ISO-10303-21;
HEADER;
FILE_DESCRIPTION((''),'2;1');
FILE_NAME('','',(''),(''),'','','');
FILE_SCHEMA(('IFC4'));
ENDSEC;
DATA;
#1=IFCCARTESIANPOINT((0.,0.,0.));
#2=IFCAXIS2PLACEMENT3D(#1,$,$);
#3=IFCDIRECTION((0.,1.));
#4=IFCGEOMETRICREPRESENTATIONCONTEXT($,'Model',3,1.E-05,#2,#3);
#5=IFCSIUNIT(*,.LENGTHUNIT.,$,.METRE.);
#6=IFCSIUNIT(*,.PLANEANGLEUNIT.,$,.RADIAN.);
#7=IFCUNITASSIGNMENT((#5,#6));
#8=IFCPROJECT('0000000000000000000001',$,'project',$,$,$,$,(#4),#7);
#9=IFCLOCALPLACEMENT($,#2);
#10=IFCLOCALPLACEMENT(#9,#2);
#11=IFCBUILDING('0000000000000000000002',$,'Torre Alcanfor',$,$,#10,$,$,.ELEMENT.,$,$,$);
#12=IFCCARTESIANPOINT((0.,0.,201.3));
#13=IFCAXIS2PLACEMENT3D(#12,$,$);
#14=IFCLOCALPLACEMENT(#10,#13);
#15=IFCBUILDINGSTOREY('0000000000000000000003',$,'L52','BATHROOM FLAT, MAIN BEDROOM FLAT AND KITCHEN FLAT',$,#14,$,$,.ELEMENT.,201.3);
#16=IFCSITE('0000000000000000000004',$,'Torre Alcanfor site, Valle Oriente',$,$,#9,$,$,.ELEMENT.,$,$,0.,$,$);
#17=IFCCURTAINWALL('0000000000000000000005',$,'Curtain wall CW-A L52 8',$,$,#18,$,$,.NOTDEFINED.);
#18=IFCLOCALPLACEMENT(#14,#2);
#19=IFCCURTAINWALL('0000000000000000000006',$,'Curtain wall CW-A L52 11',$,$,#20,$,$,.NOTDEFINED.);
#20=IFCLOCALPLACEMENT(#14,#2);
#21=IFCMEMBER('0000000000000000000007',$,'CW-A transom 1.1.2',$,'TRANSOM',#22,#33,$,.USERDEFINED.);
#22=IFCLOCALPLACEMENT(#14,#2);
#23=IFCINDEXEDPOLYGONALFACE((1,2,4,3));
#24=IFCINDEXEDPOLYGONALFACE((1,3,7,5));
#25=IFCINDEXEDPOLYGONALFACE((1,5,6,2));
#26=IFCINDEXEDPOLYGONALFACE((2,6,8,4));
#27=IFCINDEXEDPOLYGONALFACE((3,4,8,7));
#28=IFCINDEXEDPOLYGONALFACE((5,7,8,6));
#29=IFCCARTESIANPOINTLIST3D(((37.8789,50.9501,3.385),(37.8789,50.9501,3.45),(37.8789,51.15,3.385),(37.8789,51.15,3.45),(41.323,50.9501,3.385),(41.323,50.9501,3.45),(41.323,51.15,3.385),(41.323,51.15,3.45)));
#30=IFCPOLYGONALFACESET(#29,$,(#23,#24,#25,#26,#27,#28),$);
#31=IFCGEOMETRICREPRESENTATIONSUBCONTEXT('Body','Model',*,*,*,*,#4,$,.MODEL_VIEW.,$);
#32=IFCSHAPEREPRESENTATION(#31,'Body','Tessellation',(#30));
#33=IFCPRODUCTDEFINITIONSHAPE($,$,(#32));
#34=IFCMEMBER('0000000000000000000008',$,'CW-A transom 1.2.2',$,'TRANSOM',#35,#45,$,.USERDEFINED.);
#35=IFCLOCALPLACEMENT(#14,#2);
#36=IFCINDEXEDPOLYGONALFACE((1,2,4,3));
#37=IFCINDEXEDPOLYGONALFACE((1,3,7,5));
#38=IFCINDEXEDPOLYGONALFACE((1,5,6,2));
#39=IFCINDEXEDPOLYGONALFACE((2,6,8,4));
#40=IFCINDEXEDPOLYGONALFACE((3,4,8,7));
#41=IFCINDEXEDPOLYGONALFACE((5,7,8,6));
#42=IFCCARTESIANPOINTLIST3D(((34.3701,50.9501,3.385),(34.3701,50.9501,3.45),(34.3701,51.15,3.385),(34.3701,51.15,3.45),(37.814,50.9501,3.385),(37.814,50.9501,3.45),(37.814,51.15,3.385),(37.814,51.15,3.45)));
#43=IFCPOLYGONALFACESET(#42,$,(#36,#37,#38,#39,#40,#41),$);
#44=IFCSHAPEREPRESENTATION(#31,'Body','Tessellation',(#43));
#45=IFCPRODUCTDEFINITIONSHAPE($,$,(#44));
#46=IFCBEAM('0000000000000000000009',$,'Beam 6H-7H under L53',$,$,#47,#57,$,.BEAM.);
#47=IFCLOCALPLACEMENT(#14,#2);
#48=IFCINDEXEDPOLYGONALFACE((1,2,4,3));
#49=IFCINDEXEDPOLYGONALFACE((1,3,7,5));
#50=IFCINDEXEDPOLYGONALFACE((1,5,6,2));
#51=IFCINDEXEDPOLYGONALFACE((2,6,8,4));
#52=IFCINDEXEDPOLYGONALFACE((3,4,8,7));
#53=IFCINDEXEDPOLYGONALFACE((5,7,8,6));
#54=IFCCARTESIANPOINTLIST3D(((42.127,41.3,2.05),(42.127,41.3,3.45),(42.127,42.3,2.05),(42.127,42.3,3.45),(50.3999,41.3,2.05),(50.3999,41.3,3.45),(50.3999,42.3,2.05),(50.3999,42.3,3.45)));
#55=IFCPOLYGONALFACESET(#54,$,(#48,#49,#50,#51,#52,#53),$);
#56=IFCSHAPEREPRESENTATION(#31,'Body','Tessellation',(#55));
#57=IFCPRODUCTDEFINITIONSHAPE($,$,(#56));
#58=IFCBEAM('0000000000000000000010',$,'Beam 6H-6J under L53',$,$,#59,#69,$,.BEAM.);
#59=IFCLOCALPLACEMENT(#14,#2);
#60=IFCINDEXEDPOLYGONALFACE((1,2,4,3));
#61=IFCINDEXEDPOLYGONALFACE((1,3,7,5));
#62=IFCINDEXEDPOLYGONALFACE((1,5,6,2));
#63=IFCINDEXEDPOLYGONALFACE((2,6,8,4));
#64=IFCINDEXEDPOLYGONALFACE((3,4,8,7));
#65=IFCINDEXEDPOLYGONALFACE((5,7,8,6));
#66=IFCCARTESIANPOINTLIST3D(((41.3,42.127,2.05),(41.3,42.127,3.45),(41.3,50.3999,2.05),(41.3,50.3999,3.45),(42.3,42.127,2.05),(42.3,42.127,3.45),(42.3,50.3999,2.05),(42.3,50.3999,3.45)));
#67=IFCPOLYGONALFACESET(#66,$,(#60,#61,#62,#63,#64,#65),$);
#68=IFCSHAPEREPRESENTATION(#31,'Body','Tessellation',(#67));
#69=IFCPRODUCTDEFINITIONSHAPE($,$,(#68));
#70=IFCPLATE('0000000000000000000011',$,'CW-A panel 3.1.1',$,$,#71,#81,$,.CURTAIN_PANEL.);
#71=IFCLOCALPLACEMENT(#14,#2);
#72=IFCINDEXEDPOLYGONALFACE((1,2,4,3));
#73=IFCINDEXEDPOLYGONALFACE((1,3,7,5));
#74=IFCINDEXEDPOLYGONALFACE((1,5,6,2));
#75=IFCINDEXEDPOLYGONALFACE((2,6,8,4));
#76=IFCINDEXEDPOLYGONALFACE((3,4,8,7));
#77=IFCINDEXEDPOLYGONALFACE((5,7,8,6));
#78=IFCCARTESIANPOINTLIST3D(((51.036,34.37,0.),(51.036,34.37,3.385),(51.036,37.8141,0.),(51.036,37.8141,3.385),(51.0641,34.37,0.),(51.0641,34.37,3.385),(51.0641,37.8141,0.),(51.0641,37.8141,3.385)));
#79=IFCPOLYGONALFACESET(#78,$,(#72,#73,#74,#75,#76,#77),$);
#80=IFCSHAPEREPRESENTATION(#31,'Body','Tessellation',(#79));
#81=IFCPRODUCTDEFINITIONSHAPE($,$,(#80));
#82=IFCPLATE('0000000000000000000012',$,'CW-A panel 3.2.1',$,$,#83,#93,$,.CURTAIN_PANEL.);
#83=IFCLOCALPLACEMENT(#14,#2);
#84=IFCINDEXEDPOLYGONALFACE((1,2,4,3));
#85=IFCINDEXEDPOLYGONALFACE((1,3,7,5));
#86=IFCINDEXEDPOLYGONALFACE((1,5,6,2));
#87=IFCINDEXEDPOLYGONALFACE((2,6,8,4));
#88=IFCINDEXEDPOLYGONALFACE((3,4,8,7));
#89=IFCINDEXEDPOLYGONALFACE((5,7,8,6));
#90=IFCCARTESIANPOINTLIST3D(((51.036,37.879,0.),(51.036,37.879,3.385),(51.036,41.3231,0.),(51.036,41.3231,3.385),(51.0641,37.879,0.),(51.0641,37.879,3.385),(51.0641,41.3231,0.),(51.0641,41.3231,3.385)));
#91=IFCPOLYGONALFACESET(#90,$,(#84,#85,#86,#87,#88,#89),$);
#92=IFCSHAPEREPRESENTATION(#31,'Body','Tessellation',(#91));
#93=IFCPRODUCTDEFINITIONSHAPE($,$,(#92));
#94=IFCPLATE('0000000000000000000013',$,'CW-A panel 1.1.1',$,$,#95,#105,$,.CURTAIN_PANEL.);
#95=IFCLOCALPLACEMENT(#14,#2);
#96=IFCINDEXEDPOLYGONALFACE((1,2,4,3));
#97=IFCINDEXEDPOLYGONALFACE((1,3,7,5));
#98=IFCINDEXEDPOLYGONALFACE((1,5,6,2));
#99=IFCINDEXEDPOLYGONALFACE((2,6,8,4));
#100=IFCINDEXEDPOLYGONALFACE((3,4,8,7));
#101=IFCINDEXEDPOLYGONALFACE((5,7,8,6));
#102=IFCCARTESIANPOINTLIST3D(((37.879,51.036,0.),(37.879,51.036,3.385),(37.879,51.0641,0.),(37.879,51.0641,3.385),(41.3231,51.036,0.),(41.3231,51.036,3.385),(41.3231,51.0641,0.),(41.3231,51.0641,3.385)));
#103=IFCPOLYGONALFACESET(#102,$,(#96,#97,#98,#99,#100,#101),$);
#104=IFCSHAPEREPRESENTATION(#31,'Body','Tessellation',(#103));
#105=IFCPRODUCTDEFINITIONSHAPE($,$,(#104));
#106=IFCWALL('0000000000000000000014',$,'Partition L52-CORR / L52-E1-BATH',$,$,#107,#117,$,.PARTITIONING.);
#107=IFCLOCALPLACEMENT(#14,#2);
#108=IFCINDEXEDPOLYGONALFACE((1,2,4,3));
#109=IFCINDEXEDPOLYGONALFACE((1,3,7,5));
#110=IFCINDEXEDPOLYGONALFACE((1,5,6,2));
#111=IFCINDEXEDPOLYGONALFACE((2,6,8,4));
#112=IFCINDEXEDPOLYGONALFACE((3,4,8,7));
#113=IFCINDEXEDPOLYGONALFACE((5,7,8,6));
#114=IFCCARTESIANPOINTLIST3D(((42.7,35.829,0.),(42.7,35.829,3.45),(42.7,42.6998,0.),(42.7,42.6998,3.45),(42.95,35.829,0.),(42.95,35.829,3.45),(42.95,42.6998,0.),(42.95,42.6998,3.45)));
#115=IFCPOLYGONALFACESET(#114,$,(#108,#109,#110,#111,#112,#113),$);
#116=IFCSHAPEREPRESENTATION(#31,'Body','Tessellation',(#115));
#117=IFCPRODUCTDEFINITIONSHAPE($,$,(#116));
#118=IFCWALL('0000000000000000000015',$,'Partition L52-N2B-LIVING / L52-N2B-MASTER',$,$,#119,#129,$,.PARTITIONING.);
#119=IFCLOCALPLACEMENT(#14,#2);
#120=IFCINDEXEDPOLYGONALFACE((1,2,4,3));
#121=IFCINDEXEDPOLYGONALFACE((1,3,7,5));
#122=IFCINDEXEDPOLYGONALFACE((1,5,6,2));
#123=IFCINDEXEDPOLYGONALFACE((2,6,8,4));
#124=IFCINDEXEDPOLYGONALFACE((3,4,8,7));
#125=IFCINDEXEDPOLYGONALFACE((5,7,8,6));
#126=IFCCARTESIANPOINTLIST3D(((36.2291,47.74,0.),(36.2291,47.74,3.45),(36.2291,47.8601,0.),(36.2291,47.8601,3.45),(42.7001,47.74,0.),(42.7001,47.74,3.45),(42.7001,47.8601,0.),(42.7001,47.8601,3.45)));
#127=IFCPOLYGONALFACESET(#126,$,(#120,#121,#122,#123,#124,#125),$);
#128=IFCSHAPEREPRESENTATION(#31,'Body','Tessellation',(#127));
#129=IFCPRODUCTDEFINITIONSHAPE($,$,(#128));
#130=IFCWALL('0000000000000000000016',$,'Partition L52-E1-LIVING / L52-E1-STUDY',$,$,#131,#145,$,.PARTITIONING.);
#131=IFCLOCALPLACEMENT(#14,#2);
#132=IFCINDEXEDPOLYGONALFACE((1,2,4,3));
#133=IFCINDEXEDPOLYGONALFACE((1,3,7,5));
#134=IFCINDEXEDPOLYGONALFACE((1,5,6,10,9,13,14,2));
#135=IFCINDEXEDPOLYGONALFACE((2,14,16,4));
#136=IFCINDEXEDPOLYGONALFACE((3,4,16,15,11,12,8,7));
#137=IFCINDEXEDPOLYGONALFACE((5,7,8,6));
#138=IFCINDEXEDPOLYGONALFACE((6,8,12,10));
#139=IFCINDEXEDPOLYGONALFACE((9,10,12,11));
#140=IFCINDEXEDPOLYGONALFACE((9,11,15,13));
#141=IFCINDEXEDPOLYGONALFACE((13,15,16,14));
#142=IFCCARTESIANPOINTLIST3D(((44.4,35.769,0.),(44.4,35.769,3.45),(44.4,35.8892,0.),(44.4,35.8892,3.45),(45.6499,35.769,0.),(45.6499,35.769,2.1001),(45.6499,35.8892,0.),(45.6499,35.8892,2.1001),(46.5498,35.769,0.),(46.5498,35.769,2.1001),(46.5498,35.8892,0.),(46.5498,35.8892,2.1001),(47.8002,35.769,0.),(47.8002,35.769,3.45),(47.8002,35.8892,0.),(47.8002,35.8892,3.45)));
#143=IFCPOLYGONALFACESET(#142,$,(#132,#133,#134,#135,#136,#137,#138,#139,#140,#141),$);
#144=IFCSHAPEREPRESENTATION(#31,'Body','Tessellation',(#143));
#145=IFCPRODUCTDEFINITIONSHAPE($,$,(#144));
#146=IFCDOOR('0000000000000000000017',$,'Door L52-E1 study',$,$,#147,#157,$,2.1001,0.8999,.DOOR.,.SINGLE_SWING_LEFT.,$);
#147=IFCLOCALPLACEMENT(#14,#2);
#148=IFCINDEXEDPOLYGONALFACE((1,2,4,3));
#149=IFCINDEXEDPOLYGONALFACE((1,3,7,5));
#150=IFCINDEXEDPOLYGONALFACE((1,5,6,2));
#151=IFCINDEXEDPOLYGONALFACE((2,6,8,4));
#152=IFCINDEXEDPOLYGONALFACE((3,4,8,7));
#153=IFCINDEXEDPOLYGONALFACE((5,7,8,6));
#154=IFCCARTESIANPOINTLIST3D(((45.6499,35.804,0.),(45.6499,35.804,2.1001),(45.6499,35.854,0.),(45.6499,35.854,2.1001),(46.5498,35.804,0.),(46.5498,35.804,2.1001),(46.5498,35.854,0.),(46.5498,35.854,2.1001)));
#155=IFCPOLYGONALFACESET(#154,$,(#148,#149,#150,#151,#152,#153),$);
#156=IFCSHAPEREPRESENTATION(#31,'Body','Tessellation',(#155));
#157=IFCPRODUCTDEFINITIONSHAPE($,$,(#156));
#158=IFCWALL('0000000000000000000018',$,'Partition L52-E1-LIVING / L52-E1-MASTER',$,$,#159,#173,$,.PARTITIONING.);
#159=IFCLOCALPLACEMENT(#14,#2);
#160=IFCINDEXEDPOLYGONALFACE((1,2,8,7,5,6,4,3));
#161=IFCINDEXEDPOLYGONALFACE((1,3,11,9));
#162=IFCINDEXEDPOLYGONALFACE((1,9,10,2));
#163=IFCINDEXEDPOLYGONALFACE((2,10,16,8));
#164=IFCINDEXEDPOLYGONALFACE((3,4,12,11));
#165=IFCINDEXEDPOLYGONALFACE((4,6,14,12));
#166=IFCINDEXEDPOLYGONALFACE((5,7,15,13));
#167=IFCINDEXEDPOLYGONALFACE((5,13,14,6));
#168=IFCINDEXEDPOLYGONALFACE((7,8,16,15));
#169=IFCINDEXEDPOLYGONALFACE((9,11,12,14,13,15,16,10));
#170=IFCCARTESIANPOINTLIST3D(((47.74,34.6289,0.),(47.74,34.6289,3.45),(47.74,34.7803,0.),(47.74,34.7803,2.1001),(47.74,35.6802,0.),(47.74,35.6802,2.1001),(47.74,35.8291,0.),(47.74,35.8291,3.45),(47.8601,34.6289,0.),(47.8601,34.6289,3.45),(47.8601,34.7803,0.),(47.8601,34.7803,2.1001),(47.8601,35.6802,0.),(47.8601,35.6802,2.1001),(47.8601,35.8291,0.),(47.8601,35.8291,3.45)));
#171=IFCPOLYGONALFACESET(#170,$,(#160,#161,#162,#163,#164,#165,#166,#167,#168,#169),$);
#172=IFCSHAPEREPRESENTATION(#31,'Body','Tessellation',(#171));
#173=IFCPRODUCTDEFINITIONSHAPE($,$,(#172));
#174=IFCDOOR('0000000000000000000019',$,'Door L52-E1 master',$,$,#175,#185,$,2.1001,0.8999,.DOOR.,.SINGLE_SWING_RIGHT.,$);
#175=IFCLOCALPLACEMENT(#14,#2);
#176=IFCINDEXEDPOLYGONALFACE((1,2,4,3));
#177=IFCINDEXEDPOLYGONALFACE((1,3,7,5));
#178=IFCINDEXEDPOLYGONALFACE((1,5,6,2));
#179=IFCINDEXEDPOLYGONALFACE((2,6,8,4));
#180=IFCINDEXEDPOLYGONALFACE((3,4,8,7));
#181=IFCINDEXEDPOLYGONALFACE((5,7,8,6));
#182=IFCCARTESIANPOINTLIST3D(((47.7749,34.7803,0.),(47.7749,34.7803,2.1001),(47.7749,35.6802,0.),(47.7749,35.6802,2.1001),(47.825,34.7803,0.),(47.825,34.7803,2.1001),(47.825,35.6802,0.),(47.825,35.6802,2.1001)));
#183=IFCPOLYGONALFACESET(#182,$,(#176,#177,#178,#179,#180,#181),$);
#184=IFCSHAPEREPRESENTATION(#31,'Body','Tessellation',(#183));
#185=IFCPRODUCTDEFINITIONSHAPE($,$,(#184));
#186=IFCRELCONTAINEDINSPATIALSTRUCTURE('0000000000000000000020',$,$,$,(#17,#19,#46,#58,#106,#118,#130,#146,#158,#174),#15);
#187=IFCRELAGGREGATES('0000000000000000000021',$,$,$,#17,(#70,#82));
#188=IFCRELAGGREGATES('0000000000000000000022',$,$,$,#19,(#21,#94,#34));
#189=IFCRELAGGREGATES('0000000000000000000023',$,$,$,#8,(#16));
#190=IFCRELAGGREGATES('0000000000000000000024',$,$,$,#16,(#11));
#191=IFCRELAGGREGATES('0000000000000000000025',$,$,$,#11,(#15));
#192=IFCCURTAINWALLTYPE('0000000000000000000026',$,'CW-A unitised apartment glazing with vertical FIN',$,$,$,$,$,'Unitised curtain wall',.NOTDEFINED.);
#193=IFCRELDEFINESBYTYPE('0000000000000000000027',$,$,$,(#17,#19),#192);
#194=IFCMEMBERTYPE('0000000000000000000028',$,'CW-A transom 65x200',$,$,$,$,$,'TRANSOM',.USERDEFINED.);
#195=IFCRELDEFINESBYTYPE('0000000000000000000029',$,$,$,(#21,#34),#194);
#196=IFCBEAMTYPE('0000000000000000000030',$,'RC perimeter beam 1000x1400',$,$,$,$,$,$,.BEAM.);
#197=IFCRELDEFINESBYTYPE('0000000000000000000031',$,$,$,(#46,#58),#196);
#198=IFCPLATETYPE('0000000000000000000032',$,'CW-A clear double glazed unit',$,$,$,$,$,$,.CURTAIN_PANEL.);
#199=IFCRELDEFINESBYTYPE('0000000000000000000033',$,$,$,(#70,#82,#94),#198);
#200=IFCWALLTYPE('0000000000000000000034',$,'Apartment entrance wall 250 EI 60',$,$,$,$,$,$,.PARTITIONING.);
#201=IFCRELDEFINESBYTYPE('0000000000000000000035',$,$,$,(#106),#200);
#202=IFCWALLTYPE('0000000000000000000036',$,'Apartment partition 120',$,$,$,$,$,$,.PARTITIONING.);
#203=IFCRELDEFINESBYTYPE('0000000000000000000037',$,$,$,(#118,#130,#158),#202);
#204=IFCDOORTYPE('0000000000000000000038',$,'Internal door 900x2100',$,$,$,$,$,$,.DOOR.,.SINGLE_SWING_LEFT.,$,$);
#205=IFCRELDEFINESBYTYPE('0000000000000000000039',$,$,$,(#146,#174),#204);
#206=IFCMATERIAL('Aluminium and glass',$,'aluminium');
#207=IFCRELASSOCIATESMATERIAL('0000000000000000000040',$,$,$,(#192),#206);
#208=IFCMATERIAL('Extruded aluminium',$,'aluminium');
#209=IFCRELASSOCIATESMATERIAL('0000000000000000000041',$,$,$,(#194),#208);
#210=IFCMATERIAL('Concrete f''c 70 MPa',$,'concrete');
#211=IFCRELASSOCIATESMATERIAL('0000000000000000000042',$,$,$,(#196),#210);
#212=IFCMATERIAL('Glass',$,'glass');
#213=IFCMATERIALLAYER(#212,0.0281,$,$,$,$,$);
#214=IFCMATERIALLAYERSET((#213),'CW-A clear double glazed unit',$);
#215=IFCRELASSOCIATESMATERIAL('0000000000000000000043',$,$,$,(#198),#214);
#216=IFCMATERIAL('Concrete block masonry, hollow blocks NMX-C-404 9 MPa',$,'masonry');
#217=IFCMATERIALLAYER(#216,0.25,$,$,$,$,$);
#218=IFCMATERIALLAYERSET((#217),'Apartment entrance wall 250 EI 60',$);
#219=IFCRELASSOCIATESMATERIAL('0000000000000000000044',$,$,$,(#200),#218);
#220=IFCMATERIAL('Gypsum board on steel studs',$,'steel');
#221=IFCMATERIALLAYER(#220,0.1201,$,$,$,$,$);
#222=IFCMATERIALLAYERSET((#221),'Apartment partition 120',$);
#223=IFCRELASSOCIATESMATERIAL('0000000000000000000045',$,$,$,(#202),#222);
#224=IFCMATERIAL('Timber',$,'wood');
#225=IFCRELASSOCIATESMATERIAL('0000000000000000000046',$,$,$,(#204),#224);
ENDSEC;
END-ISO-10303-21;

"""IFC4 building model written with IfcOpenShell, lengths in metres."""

from ifc_helpers import new_model, si_unit, direction, frame, frame_2d, origin, origin_2d, place, context, subcontext, project, spatial, rectangle, extrude, material, layer, layer_set, material_profile, profile_set, type_object, element, fill, aggregate, save


model = new_model("IFC4")

# Units and contexts
model_context = context("Model", 3, precision=1e-05, world=origin(), true_north=direction((0.0, 1.0)))
body_context = subcontext(model_context, "Body", "Model", "MODEL_VIEW")
ifc_project = project(units=[si_unit("LENGTHUNIT", "METRE"), si_unit("PLANEANGLEUNIT", "RADIAN")], contexts=[model_context])

# Site, building, storey
site_placement = place(None, origin())
site = spatial("IfcSite", under=ifc_project, at=site_placement, Name="Torre Alcanfor site, Valle Oriente", CompositionType="ELEMENT", RefElevation=0.0)
building_placement = place(site_placement, origin())
building = spatial("IfcBuilding", under=site, at=building_placement, Name="Torre Alcanfor", CompositionType="ELEMENT")
storey_placement = place(building_placement, frame((0.0, 0.0, 201.3)))
storey = spatial("IfcBuildingStorey", under=building, at=storey_placement, Name="L52", Description="BATHROOM FLAT, MAIN BEDROOM FLAT AND KITCHEN FLAT", CompositionType="ELEMENT", Elevation=201.3)

# Curtain walls
ifc_material_1 = material(Name="Aluminium and glass", Category="aluminium")
curtain_wall_type = type_object("IfcCurtainWallType", Name="CW-A unitised apartment glazing with vertical FIN", ElementType="Unitised curtain wall", PredefinedType="NOTDEFINED", material=ifc_material_1)
curtain_wall_1_placement = place(storey_placement, origin())
curtain_wall_1 = element("IfcCurtainWall", 1, at=curtain_wall_1_placement, inside=storey, type_object=curtain_wall_type, Name="Curtain wall CW-A L52 8", PredefinedType="NOTDEFINED")
curtain_wall_2_placement = place(storey_placement, origin())
curtain_wall_2 = element("IfcCurtainWall", 2, at=curtain_wall_2_placement, inside=storey, type_object=curtain_wall_type, Name="Curtain wall CW-A L52 11", PredefinedType="NOTDEFINED")

# Members
ifc_material_2 = material(Name="Extruded aluminium", Category="aluminium")
ifc_material_profile_1 = material_profile(ifc_material_2, rectangle(XDim=0.2, YDim=0.0649, at=origin_2d()), Name="CW-A transom 200x65")
ifc_profile_set_1 = profile_set([ifc_material_profile_1], Name="Extruded aluminium")
member_type_1 = type_object("IfcMemberType", Name="CW-A transom 65x200", ElementType="TRANSOM", PredefinedType="USERDEFINED", material=ifc_profile_set_1)
member_1_placement = place(storey_placement, frame((41.323, 51.05, 3.4175), z_axis=(-1.0, 0.0, 0.0), x_axis=(0.0, -1.0, 0.0)))
member_1 = element("IfcMember", 3, at=member_1_placement, type_object=member_type_1, Name="CW-A transom 1.1.2", ObjectType="TRANSOM", PredefinedType="USERDEFINED", context=body_context, shape_type="SweptSolid", body=[
    extrude(rectangle(XDim=0.2, YDim=0.0649, at=origin_2d()), origin(), (0.0, 0.0, 1.0), 3.4441),
])
member_2_placement = place(storey_placement, frame((37.814, 51.05, 3.4175), z_axis=(-1.0, 0.0, 0.0), x_axis=(0.0, -1.0, 0.0)))
member_2 = element("IfcMember", 4, at=member_2_placement, type_object=member_type_1, Name="CW-A transom 1.2.2", ObjectType="TRANSOM", PredefinedType="USERDEFINED", context=body_context, shape_type="SweptSolid", body=[
    extrude(rectangle(XDim=0.2, YDim=0.0649, at=origin_2d()), origin(), (0.0, 0.0, 1.0), 3.4438),
])

# Beams
ifc_material_3 = material(Name="Concrete f'c 70 MPa", Category="concrete")
ifc_material_profile_2 = material_profile(ifc_material_3, rectangle(XDim=1.0, YDim=1.3999, at=origin_2d()), Name="1000x1400")
ifc_profile_set_2 = profile_set([ifc_material_profile_2], Name="Concrete f'c 70 MPa")
beam_type = type_object("IfcBeamType", Name="RC perimeter beam 1000x1400", PredefinedType="BEAM", material=ifc_profile_set_2)
for number, where, z_axis, x_axis, name in (
    (5, (42.127, 41.8, 2.75), (1.0, 0.0, 0.0), (0.0, 1.0, 0.0), "Beam 6H-7H under L53"),
    (6, (41.8, 42.127, 2.75), (0.0, 1.0, 0.0), (-1.0, 0.0, 0.0), "Beam 6H-6J under L53"),
):
    element("IfcBeam", number, at=place(storey_placement, frame(where, z_axis=z_axis, x_axis=x_axis)), inside=storey, type_object=beam_type, Name=name, PredefinedType="BEAM", context=body_context, shape_type="SweptSolid", body=[
        extrude(rectangle(XDim=1.0, YDim=1.3999, at=origin_2d()), origin(), (0.0, 0.0, 1.0), 8.2729),
    ])

# Plates
ifc_material_4 = material(Name="Glass", Category="glass")
ifc_layer_1 = layer(ifc_material_4, 0.0281)
ifc_layer_set_1 = layer_set([ifc_layer_1], Name="CW-A clear double glazed unit")
plate_type = type_object("IfcPlateType", Name="CW-A clear double glazed unit", PredefinedType="CURTAIN_PANEL", material=ifc_layer_set_1)
plate_1_placement = place(storey_placement, frame((51.05, 36.092, 0.0), z_axis=(0.0, 0.0, 1.0), x_axis=(0.0, 1.0, 0.0)))
plate_1 = element("IfcPlate", 7, at=plate_1_placement, type_object=plate_type, Name="CW-A panel 3.1.1", PredefinedType="CURTAIN_PANEL", context=body_context, shape_type="SweptSolid", body=[
    extrude(rectangle(XDim=3.4441, YDim=0.0281, at=origin_2d()), origin(), (0.0, 0.0, 1.0), 3.385),
])
plate_2_placement = place(storey_placement, frame((51.05, 39.6011, 0.0), z_axis=(0.0, 0.0, 1.0), x_axis=(0.0, 1.0, 0.0)))
plate_2 = element("IfcPlate", 8, at=plate_2_placement, type_object=plate_type, Name="CW-A panel 3.2.1", PredefinedType="CURTAIN_PANEL", context=body_context, shape_type="SweptSolid", body=[
    extrude(rectangle(XDim=3.4441, YDim=0.0281, at=origin_2d()), origin(), (0.0, 0.0, 1.0), 3.385),
])
aggregate(curtain_wall_1, [plate_1, plate_2])
plate_3_placement = place(storey_placement, frame((39.6011, 51.05, 0.0), z_axis=(0.0, 0.0, 1.0), x_axis=(-1.0, 0.0, 0.0)))
plate_3 = element("IfcPlate", 9, at=plate_3_placement, type_object=plate_type, Name="CW-A panel 1.1.1", PredefinedType="CURTAIN_PANEL", context=body_context, shape_type="SweptSolid", body=[
    extrude(rectangle(XDim=3.4441, YDim=0.0281, at=origin_2d()), origin(), (0.0, 0.0, 1.0), 3.385),
])
aggregate(curtain_wall_2, [member_1, plate_3, member_2])

# Walls
ifc_material_5 = material(Name="Concrete block masonry, hollow blocks NMX-C-404 9 MPa", Category="masonry")
ifc_layer_2 = layer(ifc_material_5, 0.25)
ifc_layer_set_2 = layer_set([ifc_layer_2], Name="Apartment entrance wall 250 EI 60")
wall_type_1 = type_object("IfcWallType", Name="Apartment entrance wall 250 EI 60", PredefinedType="PARTITIONING", material=ifc_layer_set_2)
wall_1_placement = place(storey_placement, frame((42.825, 42.7, 0.0), z_axis=(0.0, 0.0, 1.0), x_axis=(0.0, -1.0, 0.0)))
element("IfcWall", 10, at=wall_1_placement, inside=storey, type_object=wall_type_1, Name="Partition L52-CORR / L52-E1-BATH", PredefinedType="PARTITIONING", context=body_context, shape_type="SweptSolid", body=[
    extrude(rectangle(XDim=6.8708, YDim=0.25, at=frame_2d((3.4355, 0.0))), origin(), (0.0, 0.0, 1.0), 3.45),
])
ifc_material_6 = material(Name="Gypsum board on steel studs", Category="steel")
ifc_layer_3 = layer(ifc_material_6, 0.1201)
ifc_layer_set_3 = layer_set([ifc_layer_3], Name="Apartment partition 120")
wall_type_2 = type_object("IfcWallType", Name="Apartment partition 120", PredefinedType="PARTITIONING", material=ifc_layer_set_3)
wall_2_placement = place(storey_placement, frame((42.7, 47.8, 0.0), z_axis=(0.0, 0.0, 1.0), x_axis=(-1.0, 0.0, 0.0)))
element("IfcWall", 11, at=wall_2_placement, inside=storey, type_object=wall_type_2, Name="Partition L52-N2B-LIVING / L52-N2B-MASTER", PredefinedType="PARTITIONING", context=body_context, shape_type="SweptSolid", body=[
    extrude(rectangle(XDim=6.4709, YDim=0.1201, at=frame_2d((3.2354, 0.0))), origin(), (0.0, 0.0, 1.0), 3.45),
])

# Walls, openings, doors
wall_3_placement = place(storey_placement, frame((44.3999, 35.8291, 0.0), z_axis=(0.0, 0.0, 1.0), x_axis=(1.0, 0.0, 0.0)))
wall_3 = element("IfcWall", 12, at=wall_3_placement, inside=storey, type_object=wall_type_2, Name="Partition L52-E1-LIVING / L52-E1-STUDY", PredefinedType="PARTITIONING", context=body_context, shape_type="SweptSolid", body=[
    extrude(rectangle(XDim=3.4001, YDim=0.1201, at=frame_2d((1.7002, 0.0))), origin(), (0.0, 0.0, 1.0), 3.45),
])
opening_1_placement = place(wall_3_placement, frame((1.25, 0.0, 0.0)))
opening_1 = element("IfcOpeningElement", 13, at=opening_1_placement, cuts=wall_3, PredefinedType="OPENING", context=body_context, shape_type="SweptSolid", body=[
    extrude(rectangle(XDim=0.8999, YDim=2.1001, at=frame_2d((0.45, 1.05))), frame((0.0, 0.0701, 0.0), z_axis=(0.0, -1.0, 0.0), x_axis=(1.0, 0.0, 0.0)), (0.0, 0.0, 1.0), 0.1401),
])
ifc_material_7 = material(Name="Timber", Category="wood")
door_type = type_object("IfcDoorType", Name="Internal door 900x2100", OperationType="SINGLE_SWING_LEFT", PredefinedType="DOOR", material=ifc_material_7)
door_1_placement = place(opening_1_placement, origin())
door_1 = element("IfcDoor", 14, at=door_1_placement, inside=storey, type_object=door_type, Name="Door L52-E1 study", OperationType="SINGLE_SWING_LEFT", OverallHeight=2.1001, OverallWidth=0.8999, PredefinedType="DOOR", context=body_context, shape_type="SweptSolid", body=[
    extrude(rectangle(XDim=0.8999, YDim=2.1001, at=frame_2d((0.45, 1.05))), frame((0.0, 0.0249, 0.0), z_axis=(0.0, -1.0, 0.0), x_axis=(1.0, 0.0, 0.0)), (0.0, 0.0, 1.0), 0.05),
])
fill(opening_1, door_1)
wall_4_placement = place(storey_placement, frame((47.8, 35.8291, 0.0), z_axis=(0.0, 0.0, 1.0), x_axis=(0.0, -1.0, 0.0)))
wall_4 = element("IfcWall", 15, at=wall_4_placement, inside=storey, type_object=wall_type_2, Name="Partition L52-E1-LIVING / L52-E1-MASTER", PredefinedType="PARTITIONING", context=body_context, shape_type="SweptSolid", body=[
    extrude(rectangle(XDim=1.2002, YDim=0.1201, at=frame_2d((0.6001, 0.0))), origin(), (0.0, 0.0, 1.0), 3.45),
])
opening_2_placement = place(wall_4_placement, frame((0.1489, 0.0, 0.0)))
opening_2 = element("IfcOpeningElement", 16, at=opening_2_placement, cuts=wall_4, PredefinedType="OPENING", context=body_context, shape_type="SweptSolid", body=[
    extrude(rectangle(XDim=0.8999, YDim=2.1001, at=frame_2d((0.45, 1.05))), frame((0.0, 0.0701, 0.0), z_axis=(0.0, -1.0, 0.0), x_axis=(1.0, 0.0, 0.0)), (0.0, 0.0, 1.0), 0.1401),
])
door_2_placement = place(opening_2_placement, origin())
door_2 = element("IfcDoor", 17, at=door_2_placement, inside=storey, type_object=door_type, Name="Door L52-E1 master", OperationType="SINGLE_SWING_RIGHT", OverallHeight=2.1001, OverallWidth=0.8999, PredefinedType="DOOR", context=body_context, shape_type="SweptSolid", body=[
    extrude(rectangle(XDim=0.8999, YDim=2.1001, at=frame_2d((0.45, 1.05))), frame((0.0, 0.0249, 0.0), z_axis=(0.0, -1.0, 0.0), x_axis=(1.0, 0.0, 0.0)), (0.0, 0.0, 1.0), 0.05),
])
fill(opening_2, door_2)

save(model, "model.ifc")
